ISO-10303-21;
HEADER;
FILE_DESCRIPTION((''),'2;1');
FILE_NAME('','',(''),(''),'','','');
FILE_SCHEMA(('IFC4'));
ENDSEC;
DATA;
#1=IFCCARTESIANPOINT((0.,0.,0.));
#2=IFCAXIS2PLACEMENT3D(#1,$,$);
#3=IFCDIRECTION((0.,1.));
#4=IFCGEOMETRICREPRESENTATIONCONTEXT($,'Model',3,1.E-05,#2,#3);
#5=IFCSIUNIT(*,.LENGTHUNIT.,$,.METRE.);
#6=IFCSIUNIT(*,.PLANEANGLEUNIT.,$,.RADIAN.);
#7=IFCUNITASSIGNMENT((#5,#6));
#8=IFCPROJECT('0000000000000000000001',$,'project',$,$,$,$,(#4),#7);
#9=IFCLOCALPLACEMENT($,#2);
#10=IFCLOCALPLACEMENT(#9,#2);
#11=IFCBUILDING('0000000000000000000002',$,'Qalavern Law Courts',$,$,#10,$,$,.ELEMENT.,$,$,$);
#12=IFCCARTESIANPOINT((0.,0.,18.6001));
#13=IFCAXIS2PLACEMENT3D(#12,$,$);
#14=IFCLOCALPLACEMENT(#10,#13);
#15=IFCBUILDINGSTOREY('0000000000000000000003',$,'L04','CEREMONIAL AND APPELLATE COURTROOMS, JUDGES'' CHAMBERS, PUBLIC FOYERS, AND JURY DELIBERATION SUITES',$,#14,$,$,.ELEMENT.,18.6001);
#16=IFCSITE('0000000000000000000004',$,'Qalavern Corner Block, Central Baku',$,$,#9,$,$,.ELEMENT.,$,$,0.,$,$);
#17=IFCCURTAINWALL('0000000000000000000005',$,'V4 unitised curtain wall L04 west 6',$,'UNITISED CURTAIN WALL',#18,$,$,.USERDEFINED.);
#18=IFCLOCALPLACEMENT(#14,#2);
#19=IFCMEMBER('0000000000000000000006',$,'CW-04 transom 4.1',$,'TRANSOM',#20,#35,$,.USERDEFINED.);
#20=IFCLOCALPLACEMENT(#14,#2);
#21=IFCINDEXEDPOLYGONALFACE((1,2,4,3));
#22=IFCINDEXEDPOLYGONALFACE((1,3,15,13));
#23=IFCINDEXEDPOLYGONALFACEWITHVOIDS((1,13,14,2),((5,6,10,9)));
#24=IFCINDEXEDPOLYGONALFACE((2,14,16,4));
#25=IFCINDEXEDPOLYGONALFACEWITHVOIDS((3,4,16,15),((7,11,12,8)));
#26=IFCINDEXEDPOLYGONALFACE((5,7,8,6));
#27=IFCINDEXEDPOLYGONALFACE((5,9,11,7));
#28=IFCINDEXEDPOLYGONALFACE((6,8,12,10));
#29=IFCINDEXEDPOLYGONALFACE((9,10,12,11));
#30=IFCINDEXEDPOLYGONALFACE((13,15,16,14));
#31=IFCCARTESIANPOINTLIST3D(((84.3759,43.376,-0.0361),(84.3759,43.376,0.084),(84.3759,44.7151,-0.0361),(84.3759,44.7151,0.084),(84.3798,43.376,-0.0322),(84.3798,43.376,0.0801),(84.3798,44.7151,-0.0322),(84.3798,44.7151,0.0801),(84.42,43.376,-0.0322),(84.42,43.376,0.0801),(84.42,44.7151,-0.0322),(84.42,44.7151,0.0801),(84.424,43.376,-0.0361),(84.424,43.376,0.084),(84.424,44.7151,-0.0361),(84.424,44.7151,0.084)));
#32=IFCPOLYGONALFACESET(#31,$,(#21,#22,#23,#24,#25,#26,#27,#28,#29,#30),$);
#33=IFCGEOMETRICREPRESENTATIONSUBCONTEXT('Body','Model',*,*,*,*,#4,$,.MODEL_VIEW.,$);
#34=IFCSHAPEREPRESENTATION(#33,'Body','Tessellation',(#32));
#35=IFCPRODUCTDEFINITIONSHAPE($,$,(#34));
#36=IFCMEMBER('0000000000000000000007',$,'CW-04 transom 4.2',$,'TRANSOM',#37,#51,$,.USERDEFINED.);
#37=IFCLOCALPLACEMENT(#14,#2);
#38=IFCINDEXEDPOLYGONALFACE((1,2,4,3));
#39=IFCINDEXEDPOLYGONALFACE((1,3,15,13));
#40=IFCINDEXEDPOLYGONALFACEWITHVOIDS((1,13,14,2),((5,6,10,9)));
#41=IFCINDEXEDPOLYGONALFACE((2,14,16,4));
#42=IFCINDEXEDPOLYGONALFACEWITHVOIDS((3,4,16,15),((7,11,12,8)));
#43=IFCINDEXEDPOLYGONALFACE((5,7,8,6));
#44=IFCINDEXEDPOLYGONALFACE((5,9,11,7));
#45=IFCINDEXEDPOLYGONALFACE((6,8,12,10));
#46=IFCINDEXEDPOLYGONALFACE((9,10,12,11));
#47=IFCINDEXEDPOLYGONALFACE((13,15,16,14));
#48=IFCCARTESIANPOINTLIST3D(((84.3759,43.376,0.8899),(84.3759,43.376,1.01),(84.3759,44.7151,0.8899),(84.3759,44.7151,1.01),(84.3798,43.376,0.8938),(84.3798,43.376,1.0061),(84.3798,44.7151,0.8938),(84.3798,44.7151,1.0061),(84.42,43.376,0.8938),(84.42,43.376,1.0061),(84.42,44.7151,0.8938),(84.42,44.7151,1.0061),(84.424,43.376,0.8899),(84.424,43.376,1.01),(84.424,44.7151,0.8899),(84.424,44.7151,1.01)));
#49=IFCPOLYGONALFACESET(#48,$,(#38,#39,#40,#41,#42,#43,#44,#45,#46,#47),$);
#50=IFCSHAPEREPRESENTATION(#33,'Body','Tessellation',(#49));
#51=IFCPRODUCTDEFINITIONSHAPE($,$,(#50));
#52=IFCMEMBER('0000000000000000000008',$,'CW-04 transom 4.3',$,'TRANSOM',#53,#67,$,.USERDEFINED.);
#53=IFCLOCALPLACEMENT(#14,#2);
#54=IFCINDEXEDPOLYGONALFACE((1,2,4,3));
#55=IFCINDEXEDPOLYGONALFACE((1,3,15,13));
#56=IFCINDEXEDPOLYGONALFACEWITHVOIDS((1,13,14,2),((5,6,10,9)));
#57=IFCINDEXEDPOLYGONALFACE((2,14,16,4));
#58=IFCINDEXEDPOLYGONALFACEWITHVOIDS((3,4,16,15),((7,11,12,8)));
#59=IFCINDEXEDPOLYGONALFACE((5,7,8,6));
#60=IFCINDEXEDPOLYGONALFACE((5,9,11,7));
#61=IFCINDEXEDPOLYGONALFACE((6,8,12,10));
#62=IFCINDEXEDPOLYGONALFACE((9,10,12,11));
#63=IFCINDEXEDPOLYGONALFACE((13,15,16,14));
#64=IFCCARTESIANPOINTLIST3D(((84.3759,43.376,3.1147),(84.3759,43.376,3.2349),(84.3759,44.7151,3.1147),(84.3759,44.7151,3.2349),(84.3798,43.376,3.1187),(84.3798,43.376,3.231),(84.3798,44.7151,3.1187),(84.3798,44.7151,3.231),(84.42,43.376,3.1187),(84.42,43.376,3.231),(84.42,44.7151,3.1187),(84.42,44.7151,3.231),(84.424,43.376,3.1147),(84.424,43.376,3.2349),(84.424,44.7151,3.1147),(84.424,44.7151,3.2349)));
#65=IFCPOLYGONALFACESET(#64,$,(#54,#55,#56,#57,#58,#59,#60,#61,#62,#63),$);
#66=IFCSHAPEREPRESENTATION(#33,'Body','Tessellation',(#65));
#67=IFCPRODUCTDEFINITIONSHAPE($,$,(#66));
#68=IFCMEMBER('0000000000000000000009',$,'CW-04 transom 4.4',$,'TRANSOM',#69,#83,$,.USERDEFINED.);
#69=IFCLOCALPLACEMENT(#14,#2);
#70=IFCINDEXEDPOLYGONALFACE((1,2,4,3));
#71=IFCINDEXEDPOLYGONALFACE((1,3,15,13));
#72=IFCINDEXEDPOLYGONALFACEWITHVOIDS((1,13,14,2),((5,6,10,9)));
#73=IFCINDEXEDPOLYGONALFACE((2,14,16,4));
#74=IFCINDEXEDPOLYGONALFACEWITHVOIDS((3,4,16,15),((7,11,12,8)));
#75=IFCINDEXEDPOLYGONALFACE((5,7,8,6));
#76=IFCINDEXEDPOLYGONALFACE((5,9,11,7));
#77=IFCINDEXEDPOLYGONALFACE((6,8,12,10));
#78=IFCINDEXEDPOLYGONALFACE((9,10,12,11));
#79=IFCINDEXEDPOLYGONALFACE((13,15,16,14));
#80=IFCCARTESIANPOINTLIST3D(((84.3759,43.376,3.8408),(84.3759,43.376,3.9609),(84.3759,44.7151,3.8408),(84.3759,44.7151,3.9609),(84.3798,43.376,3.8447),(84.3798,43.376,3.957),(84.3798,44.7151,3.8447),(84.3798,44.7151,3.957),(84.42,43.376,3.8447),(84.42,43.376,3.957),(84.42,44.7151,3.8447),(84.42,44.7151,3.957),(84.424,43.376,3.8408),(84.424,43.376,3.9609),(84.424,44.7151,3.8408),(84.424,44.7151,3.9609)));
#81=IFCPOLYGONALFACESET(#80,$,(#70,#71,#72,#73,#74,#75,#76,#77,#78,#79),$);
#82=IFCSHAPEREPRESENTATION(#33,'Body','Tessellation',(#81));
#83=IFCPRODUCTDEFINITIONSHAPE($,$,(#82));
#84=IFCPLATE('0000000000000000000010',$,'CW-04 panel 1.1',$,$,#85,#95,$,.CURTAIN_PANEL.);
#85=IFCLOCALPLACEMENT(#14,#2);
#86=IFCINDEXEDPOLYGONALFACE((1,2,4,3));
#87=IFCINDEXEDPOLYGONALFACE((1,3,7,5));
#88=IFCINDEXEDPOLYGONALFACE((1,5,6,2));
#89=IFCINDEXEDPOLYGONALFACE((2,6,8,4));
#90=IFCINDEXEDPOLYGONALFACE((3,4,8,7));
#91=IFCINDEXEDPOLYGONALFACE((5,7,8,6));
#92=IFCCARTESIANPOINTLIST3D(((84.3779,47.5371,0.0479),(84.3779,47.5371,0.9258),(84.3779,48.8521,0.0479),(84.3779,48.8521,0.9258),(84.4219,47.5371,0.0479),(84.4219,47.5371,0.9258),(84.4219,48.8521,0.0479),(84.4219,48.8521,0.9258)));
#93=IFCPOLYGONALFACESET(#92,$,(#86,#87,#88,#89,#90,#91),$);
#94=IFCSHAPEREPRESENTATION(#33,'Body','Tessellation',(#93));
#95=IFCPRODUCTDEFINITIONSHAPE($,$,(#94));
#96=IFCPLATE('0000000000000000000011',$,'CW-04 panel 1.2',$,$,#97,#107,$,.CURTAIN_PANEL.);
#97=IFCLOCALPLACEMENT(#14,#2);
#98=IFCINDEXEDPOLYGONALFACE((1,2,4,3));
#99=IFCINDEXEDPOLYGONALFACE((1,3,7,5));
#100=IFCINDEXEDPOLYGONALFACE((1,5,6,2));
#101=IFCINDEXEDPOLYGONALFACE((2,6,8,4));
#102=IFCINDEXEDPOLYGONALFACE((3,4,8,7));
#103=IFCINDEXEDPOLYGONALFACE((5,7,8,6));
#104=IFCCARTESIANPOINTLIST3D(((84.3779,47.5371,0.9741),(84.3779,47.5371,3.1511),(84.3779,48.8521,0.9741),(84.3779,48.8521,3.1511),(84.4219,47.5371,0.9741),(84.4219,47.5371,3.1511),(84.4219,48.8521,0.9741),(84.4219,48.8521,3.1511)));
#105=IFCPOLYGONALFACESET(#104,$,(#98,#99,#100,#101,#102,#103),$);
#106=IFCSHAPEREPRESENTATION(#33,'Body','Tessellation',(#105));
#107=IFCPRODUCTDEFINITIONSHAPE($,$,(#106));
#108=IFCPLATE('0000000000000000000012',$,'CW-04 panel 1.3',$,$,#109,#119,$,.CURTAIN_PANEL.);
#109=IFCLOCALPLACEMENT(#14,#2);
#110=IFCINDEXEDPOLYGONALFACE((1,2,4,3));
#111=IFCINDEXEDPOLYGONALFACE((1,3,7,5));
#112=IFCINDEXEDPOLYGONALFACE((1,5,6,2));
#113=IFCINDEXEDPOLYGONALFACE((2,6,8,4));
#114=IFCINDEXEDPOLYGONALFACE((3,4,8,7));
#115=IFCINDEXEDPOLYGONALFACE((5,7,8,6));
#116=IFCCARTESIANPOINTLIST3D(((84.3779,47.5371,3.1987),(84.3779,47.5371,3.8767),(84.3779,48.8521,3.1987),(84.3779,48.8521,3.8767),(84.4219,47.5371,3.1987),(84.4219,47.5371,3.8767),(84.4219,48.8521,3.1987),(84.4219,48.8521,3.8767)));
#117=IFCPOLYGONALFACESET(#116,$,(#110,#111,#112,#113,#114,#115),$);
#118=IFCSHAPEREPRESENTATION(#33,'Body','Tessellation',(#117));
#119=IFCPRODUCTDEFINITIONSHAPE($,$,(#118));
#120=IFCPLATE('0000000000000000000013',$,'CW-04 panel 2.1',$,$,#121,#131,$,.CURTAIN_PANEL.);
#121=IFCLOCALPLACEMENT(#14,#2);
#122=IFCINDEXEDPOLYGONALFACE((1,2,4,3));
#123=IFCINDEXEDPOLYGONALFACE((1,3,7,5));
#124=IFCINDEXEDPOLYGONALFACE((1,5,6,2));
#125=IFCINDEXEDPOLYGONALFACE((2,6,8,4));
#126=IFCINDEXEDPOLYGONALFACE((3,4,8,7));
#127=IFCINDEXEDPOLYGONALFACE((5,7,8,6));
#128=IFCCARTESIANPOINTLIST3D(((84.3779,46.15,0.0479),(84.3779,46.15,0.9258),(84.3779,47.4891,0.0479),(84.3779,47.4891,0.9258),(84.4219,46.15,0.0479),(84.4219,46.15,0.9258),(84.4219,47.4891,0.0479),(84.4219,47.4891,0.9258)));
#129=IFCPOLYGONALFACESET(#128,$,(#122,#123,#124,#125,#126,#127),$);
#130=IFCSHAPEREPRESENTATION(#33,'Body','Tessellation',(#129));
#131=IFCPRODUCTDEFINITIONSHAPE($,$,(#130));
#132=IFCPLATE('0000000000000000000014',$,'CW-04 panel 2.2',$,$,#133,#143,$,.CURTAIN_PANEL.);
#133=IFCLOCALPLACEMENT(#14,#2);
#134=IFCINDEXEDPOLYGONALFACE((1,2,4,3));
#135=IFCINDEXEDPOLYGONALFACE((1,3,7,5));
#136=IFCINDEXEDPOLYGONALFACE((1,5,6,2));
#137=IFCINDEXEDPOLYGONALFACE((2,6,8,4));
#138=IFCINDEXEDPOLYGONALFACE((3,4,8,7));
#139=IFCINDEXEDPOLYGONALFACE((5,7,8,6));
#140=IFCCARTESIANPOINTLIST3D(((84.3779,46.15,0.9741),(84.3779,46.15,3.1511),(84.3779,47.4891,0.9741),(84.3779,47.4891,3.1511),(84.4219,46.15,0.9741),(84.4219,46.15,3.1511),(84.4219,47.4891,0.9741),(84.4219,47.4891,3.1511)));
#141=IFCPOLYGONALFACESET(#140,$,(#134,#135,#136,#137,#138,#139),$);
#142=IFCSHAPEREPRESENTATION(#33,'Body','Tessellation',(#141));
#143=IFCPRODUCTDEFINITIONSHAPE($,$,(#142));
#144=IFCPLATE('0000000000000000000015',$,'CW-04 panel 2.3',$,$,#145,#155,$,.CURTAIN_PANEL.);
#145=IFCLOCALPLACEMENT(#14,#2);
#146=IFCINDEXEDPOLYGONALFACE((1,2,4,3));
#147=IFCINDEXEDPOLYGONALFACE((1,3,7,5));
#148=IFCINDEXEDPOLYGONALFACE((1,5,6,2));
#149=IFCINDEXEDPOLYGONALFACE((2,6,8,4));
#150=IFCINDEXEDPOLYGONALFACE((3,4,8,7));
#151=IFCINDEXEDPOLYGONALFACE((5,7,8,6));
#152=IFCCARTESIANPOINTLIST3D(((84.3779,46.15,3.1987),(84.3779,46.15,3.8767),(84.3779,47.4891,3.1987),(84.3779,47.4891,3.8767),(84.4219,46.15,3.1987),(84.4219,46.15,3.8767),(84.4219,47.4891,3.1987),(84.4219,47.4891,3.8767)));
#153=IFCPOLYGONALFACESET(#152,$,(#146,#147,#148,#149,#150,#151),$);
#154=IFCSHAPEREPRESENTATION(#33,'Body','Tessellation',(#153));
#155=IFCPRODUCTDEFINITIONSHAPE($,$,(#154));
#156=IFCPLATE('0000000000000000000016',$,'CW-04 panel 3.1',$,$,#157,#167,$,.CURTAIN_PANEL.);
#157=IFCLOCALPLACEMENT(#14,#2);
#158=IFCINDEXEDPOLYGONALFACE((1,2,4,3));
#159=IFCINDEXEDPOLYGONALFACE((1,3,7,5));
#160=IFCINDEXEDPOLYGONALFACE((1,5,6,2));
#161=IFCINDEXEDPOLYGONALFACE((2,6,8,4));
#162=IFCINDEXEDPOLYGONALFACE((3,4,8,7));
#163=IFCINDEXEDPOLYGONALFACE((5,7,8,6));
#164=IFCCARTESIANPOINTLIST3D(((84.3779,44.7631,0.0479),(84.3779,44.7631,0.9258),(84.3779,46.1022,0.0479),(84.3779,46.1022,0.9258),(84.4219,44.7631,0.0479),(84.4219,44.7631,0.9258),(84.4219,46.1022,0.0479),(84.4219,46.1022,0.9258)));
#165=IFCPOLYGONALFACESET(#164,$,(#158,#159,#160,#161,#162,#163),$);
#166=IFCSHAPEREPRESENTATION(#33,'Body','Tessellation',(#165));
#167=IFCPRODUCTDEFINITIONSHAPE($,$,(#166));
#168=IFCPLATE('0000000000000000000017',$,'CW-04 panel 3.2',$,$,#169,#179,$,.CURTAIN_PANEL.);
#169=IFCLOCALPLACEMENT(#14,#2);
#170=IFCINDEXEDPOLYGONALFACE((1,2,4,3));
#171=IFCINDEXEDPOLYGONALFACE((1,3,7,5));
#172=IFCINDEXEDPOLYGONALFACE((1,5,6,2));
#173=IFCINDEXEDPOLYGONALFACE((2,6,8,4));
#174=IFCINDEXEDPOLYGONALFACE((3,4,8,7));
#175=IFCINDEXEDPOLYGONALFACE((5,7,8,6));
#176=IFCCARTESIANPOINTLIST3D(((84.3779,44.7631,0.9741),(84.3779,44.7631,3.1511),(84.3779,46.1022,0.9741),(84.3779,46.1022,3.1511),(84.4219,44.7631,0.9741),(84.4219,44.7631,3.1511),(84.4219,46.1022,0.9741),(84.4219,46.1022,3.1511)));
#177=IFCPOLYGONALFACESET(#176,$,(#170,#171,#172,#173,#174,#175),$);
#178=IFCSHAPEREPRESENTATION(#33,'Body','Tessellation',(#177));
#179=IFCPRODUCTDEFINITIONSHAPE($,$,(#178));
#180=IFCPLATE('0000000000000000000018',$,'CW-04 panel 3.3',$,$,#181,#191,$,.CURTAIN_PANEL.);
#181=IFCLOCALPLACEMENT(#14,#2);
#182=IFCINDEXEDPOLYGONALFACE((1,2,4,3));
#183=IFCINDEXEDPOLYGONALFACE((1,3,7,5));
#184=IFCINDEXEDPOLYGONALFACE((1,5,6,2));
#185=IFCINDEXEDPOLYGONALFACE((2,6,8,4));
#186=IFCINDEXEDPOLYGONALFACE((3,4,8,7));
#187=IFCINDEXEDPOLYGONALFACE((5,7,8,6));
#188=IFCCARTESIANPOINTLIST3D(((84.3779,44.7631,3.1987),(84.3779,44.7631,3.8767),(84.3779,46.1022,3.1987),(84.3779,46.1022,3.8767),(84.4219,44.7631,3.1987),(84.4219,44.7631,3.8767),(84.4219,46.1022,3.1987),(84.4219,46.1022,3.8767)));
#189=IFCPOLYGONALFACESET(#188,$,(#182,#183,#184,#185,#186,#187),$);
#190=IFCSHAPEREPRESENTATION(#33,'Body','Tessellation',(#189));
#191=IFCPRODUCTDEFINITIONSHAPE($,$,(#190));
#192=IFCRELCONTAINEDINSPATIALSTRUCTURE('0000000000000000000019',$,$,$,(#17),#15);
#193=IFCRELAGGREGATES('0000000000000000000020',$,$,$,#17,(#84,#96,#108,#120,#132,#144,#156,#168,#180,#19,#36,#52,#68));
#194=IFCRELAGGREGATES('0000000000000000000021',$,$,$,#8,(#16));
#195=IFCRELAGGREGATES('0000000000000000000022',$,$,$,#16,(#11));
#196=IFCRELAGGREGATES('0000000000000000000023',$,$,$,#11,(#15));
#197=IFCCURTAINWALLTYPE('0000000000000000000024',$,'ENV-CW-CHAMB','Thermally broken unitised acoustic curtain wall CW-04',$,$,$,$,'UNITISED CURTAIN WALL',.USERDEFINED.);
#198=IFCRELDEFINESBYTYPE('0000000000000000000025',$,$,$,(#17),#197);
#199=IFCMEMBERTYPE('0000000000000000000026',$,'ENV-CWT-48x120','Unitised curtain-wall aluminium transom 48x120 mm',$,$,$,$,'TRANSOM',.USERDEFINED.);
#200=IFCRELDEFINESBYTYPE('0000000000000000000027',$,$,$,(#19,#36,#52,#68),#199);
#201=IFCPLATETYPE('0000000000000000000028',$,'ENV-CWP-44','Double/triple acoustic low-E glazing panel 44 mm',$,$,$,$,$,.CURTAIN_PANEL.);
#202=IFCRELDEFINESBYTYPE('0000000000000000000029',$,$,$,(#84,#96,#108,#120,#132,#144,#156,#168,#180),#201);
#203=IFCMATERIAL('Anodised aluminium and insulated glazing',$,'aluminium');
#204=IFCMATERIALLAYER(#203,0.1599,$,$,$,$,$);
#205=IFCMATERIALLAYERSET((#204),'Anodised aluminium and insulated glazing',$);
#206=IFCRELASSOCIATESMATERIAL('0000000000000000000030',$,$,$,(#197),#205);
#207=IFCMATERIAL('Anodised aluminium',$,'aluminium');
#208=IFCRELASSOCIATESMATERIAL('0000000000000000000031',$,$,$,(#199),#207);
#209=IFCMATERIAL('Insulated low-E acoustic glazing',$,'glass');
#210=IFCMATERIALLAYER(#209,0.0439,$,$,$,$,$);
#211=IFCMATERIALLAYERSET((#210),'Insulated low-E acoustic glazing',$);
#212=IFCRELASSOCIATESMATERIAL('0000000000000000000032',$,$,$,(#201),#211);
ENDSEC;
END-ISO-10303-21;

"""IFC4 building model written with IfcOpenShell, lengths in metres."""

from ifc_helpers import new_model, si_unit, direction, frame, origin, origin_2d, place, context, subcontext, project, spatial, rectangle, hollow_rectangle, extrude, material, layer, layer_set, material_profile, profile_set, type_object, element, aggregate, save


model = new_model("IFC4")

# Units and contexts
model_context = context("Model", 3, precision=1e-05, world=origin(), true_north=direction((0.0, 1.0)))
body_context = subcontext(model_context, "Body", "Model", "MODEL_VIEW")
ifc_project = project(units=[si_unit("LENGTHUNIT", "METRE"), si_unit("PLANEANGLEUNIT", "RADIAN")], contexts=[model_context])

# Site, building, storey
site_placement = place(None, origin())
site = spatial("IfcSite", under=ifc_project, at=site_placement, Name="Qalavern Corner Block, Central Baku", CompositionType="ELEMENT", RefElevation=0.0)
building_placement = place(site_placement, origin())
building = spatial("IfcBuilding", under=site, at=building_placement, Name="Qalavern Law Courts", CompositionType="ELEMENT")
storey_placement = place(building_placement, frame((0.0, 0.0, 18.6001)))
storey = spatial("IfcBuildingStorey", under=building, at=storey_placement, Name="L04", Description="CEREMONIAL AND APPELLATE COURTROOMS, JUDGES' CHAMBERS, PUBLIC FOYERS, AND JURY DELIBERATION SUITES", CompositionType="ELEMENT", Elevation=18.6001)

# Curtain wall, members, plates
ifc_material_1 = material(Name="Anodised aluminium and insulated glazing", Category="aluminium")
ifc_layer_1 = layer(ifc_material_1, 0.1599)
ifc_layer_set_1 = layer_set([ifc_layer_1], Name="Anodised aluminium and insulated glazing")
curtain_wall_type = type_object("IfcCurtainWallType", Name="ENV-CW-CHAMB", Description="Thermally broken unitised acoustic curtain wall CW-04", ElementType="UNITISED CURTAIN WALL", PredefinedType="USERDEFINED", material=ifc_layer_set_1)
curtain_wall_placement = place(storey_placement, origin())
curtain_wall = element("IfcCurtainWall", 1, at=curtain_wall_placement, inside=storey, type_object=curtain_wall_type, Name="V4 unitised curtain wall L04 west 6", ObjectType="UNITISED CURTAIN WALL", PredefinedType="USERDEFINED")
ifc_material_2 = material(Name="Anodised aluminium", Category="aluminium")
ifc_material_profile_1 = material_profile(ifc_material_2, hollow_rectangle(XDim=0.0481, YDim=0.1201, WallThickness=0.0039, at=origin_2d()), Name="ALU TRANSOM 48x120")
ifc_profile_set_1 = profile_set([ifc_material_profile_1], Name="Anodised aluminium")
member_type_1 = type_object("IfcMemberType", Name="ENV-CWT-48x120", Description="Unitised curtain-wall aluminium transom 48x120 mm", ElementType="TRANSOM", PredefinedType="USERDEFINED", material=ifc_profile_set_1)
member_1_placement = place(storey_placement, frame((84.3999, 44.7151, 0.0239), z_axis=(0.0, -1.0, 0.0), x_axis=(1.0, 0.0, 0.0)))
member_1 = element("IfcMember", 2, at=member_1_placement, type_object=member_type_1, Name="CW-04 transom 4.1", ObjectType="TRANSOM", PredefinedType="USERDEFINED", context=body_context, shape_type="SweptSolid", body=[
    extrude(hollow_rectangle(XDim=0.0481, YDim=0.1201, WallThickness=0.0039, at=origin_2d()), origin(), (0.0, 0.0, 1.0), 1.3391),
])
member_2_placement = place(storey_placement, frame((84.3999, 44.7151, 0.95), z_axis=(0.0, -1.0, 0.0), x_axis=(1.0, 0.0, 0.0)))
member_2 = element("IfcMember", 3, at=member_2_placement, type_object=member_type_1, Name="CW-04 transom 4.2", ObjectType="TRANSOM", PredefinedType="USERDEFINED", context=body_context, shape_type="SweptSolid", body=[
    extrude(hollow_rectangle(XDim=0.0481, YDim=0.1201, WallThickness=0.0039, at=origin_2d()), origin(), (0.0, 0.0, 1.0), 1.3391),
])
member_3_placement = place(storey_placement, frame((84.3999, 44.7151, 3.1748), z_axis=(0.0, -1.0, 0.0), x_axis=(1.0, 0.0, 0.0)))
member_3 = element("IfcMember", 4, at=member_3_placement, type_object=member_type_1, Name="CW-04 transom 4.3", ObjectType="TRANSOM", PredefinedType="USERDEFINED", context=body_context, shape_type="SweptSolid", body=[
    extrude(hollow_rectangle(XDim=0.0481, YDim=0.1201, WallThickness=0.0039, at=origin_2d()), origin(), (0.0, 0.0, 1.0), 1.3391),
])
member_4_placement = place(storey_placement, frame((84.3999, 44.7151, 3.9009), z_axis=(0.0, -1.0, 0.0), x_axis=(1.0, 0.0, 0.0)))
member_4 = element("IfcMember", 5, at=member_4_placement, type_object=member_type_1, Name="CW-04 transom 4.4", ObjectType="TRANSOM", PredefinedType="USERDEFINED", context=body_context, shape_type="SweptSolid", body=[
    extrude(hollow_rectangle(XDim=0.0481, YDim=0.1201, WallThickness=0.0039, at=origin_2d()), origin(), (0.0, 0.0, 1.0), 1.3391),
])
ifc_material_3 = material(Name="Insulated low-E acoustic glazing", Category="glass")
ifc_layer_2 = layer(ifc_material_3, 0.0439)
ifc_layer_set_2 = layer_set([ifc_layer_2], Name="Insulated low-E acoustic glazing")
plate_type = type_object("IfcPlateType", Name="ENV-CWP-44", Description="Double/triple acoustic low-E glazing panel 44 mm", PredefinedType="CURTAIN_PANEL", material=ifc_layer_set_2)
plate_1_placement = place(storey_placement, frame((84.3999, 48.1946, 0.0479), z_axis=(0.0, 0.0, 1.0), x_axis=(0.0, -1.0, 0.0)))
plate_1 = element("IfcPlate", 6, at=plate_1_placement, type_object=plate_type, Name="CW-04 panel 1.1", PredefinedType="CURTAIN_PANEL", context=body_context, shape_type="SweptSolid", body=[
    extrude(rectangle(XDim=1.3149, YDim=0.0439, at=origin_2d()), origin(), (0.0, 0.0, 1.0), 0.8779),
])
plate_2_placement = place(storey_placement, frame((84.3999, 48.1946, 0.9741), z_axis=(0.0, 0.0, 1.0), x_axis=(0.0, -1.0, 0.0)))
plate_2 = element("IfcPlate", 7, at=plate_2_placement, type_object=plate_type, Name="CW-04 panel 1.2", PredefinedType="CURTAIN_PANEL", context=body_context, shape_type="SweptSolid", body=[
    extrude(rectangle(XDim=1.3149, YDim=0.0439, at=origin_2d()), origin(), (0.0, 0.0, 1.0), 2.177),
])
plate_3_placement = place(storey_placement, frame((84.3999, 48.1946, 3.1987), z_axis=(0.0, 0.0, 1.0), x_axis=(0.0, -1.0, 0.0)))
plate_3 = element("IfcPlate", 8, at=plate_3_placement, type_object=plate_type, Name="CW-04 panel 1.3", PredefinedType="CURTAIN_PANEL", context=body_context, shape_type="SweptSolid", body=[
    extrude(rectangle(XDim=1.3149, YDim=0.0439, at=origin_2d()), origin(), (0.0, 0.0, 1.0), 0.678),
])
plate_4_placement = place(storey_placement, frame((84.3999, 46.8196, 0.0479), z_axis=(0.0, 0.0, 1.0), x_axis=(0.0, -1.0, 0.0)))
plate_4 = element("IfcPlate", 9, at=plate_4_placement, type_object=plate_type, Name="CW-04 panel 2.1", PredefinedType="CURTAIN_PANEL", context=body_context, shape_type="SweptSolid", body=[
    extrude(rectangle(XDim=1.3391, YDim=0.0439, at=origin_2d()), origin(), (0.0, 0.0, 1.0), 0.8779),
])
plate_5_placement = place(storey_placement, frame((84.3999, 46.8196, 0.9741), z_axis=(0.0, 0.0, 1.0), x_axis=(0.0, -1.0, 0.0)))
plate_5 = element("IfcPlate", 10, at=plate_5_placement, type_object=plate_type, Name="CW-04 panel 2.2", PredefinedType="CURTAIN_PANEL", context=body_context, shape_type="SweptSolid", body=[
    extrude(rectangle(XDim=1.3391, YDim=0.0439, at=origin_2d()), origin(), (0.0, 0.0, 1.0), 2.177),
])
plate_6_placement = place(storey_placement, frame((84.3999, 46.8196, 3.1987), z_axis=(0.0, 0.0, 1.0), x_axis=(0.0, -1.0, 0.0)))
plate_6 = element("IfcPlate", 11, at=plate_6_placement, type_object=plate_type, Name="CW-04 panel 2.3", PredefinedType="CURTAIN_PANEL", context=body_context, shape_type="SweptSolid", body=[
    extrude(rectangle(XDim=1.3391, YDim=0.0439, at=origin_2d()), origin(), (0.0, 0.0, 1.0), 0.678),
])
plate_7_placement = place(storey_placement, frame((84.3999, 45.4326, 0.0479), z_axis=(0.0, 0.0, 1.0), x_axis=(0.0, -1.0, 0.0)))
plate_7 = element("IfcPlate", 12, at=plate_7_placement, type_object=plate_type, Name="CW-04 panel 3.1", PredefinedType="CURTAIN_PANEL", context=body_context, shape_type="SweptSolid", body=[
    extrude(rectangle(XDim=1.3391, YDim=0.0439, at=origin_2d()), origin(), (0.0, 0.0, 1.0), 0.8779),
])
plate_8_placement = place(storey_placement, frame((84.3999, 45.4326, 0.9741), z_axis=(0.0, 0.0, 1.0), x_axis=(0.0, -1.0, 0.0)))
plate_8 = element("IfcPlate", 13, at=plate_8_placement, type_object=plate_type, Name="CW-04 panel 3.2", PredefinedType="CURTAIN_PANEL", context=body_context, shape_type="SweptSolid", body=[
    extrude(rectangle(XDim=1.3391, YDim=0.0439, at=origin_2d()), origin(), (0.0, 0.0, 1.0), 2.177),
])
plate_9_placement = place(storey_placement, frame((84.3999, 45.4326, 3.1987), z_axis=(0.0, 0.0, 1.0), x_axis=(0.0, -1.0, 0.0)))
plate_9 = element("IfcPlate", 14, at=plate_9_placement, type_object=plate_type, Name="CW-04 panel 3.3", PredefinedType="CURTAIN_PANEL", context=body_context, shape_type="SweptSolid", body=[
    extrude(rectangle(XDim=1.3391, YDim=0.0439, at=origin_2d()), origin(), (0.0, 0.0, 1.0), 0.678),
])
aggregate(curtain_wall, [plate_1, plate_2, plate_3, plate_4, plate_5, plate_6, plate_7, plate_8, plate_9, member_1, member_2, member_3, member_4])

save(model, "model.ifc")
